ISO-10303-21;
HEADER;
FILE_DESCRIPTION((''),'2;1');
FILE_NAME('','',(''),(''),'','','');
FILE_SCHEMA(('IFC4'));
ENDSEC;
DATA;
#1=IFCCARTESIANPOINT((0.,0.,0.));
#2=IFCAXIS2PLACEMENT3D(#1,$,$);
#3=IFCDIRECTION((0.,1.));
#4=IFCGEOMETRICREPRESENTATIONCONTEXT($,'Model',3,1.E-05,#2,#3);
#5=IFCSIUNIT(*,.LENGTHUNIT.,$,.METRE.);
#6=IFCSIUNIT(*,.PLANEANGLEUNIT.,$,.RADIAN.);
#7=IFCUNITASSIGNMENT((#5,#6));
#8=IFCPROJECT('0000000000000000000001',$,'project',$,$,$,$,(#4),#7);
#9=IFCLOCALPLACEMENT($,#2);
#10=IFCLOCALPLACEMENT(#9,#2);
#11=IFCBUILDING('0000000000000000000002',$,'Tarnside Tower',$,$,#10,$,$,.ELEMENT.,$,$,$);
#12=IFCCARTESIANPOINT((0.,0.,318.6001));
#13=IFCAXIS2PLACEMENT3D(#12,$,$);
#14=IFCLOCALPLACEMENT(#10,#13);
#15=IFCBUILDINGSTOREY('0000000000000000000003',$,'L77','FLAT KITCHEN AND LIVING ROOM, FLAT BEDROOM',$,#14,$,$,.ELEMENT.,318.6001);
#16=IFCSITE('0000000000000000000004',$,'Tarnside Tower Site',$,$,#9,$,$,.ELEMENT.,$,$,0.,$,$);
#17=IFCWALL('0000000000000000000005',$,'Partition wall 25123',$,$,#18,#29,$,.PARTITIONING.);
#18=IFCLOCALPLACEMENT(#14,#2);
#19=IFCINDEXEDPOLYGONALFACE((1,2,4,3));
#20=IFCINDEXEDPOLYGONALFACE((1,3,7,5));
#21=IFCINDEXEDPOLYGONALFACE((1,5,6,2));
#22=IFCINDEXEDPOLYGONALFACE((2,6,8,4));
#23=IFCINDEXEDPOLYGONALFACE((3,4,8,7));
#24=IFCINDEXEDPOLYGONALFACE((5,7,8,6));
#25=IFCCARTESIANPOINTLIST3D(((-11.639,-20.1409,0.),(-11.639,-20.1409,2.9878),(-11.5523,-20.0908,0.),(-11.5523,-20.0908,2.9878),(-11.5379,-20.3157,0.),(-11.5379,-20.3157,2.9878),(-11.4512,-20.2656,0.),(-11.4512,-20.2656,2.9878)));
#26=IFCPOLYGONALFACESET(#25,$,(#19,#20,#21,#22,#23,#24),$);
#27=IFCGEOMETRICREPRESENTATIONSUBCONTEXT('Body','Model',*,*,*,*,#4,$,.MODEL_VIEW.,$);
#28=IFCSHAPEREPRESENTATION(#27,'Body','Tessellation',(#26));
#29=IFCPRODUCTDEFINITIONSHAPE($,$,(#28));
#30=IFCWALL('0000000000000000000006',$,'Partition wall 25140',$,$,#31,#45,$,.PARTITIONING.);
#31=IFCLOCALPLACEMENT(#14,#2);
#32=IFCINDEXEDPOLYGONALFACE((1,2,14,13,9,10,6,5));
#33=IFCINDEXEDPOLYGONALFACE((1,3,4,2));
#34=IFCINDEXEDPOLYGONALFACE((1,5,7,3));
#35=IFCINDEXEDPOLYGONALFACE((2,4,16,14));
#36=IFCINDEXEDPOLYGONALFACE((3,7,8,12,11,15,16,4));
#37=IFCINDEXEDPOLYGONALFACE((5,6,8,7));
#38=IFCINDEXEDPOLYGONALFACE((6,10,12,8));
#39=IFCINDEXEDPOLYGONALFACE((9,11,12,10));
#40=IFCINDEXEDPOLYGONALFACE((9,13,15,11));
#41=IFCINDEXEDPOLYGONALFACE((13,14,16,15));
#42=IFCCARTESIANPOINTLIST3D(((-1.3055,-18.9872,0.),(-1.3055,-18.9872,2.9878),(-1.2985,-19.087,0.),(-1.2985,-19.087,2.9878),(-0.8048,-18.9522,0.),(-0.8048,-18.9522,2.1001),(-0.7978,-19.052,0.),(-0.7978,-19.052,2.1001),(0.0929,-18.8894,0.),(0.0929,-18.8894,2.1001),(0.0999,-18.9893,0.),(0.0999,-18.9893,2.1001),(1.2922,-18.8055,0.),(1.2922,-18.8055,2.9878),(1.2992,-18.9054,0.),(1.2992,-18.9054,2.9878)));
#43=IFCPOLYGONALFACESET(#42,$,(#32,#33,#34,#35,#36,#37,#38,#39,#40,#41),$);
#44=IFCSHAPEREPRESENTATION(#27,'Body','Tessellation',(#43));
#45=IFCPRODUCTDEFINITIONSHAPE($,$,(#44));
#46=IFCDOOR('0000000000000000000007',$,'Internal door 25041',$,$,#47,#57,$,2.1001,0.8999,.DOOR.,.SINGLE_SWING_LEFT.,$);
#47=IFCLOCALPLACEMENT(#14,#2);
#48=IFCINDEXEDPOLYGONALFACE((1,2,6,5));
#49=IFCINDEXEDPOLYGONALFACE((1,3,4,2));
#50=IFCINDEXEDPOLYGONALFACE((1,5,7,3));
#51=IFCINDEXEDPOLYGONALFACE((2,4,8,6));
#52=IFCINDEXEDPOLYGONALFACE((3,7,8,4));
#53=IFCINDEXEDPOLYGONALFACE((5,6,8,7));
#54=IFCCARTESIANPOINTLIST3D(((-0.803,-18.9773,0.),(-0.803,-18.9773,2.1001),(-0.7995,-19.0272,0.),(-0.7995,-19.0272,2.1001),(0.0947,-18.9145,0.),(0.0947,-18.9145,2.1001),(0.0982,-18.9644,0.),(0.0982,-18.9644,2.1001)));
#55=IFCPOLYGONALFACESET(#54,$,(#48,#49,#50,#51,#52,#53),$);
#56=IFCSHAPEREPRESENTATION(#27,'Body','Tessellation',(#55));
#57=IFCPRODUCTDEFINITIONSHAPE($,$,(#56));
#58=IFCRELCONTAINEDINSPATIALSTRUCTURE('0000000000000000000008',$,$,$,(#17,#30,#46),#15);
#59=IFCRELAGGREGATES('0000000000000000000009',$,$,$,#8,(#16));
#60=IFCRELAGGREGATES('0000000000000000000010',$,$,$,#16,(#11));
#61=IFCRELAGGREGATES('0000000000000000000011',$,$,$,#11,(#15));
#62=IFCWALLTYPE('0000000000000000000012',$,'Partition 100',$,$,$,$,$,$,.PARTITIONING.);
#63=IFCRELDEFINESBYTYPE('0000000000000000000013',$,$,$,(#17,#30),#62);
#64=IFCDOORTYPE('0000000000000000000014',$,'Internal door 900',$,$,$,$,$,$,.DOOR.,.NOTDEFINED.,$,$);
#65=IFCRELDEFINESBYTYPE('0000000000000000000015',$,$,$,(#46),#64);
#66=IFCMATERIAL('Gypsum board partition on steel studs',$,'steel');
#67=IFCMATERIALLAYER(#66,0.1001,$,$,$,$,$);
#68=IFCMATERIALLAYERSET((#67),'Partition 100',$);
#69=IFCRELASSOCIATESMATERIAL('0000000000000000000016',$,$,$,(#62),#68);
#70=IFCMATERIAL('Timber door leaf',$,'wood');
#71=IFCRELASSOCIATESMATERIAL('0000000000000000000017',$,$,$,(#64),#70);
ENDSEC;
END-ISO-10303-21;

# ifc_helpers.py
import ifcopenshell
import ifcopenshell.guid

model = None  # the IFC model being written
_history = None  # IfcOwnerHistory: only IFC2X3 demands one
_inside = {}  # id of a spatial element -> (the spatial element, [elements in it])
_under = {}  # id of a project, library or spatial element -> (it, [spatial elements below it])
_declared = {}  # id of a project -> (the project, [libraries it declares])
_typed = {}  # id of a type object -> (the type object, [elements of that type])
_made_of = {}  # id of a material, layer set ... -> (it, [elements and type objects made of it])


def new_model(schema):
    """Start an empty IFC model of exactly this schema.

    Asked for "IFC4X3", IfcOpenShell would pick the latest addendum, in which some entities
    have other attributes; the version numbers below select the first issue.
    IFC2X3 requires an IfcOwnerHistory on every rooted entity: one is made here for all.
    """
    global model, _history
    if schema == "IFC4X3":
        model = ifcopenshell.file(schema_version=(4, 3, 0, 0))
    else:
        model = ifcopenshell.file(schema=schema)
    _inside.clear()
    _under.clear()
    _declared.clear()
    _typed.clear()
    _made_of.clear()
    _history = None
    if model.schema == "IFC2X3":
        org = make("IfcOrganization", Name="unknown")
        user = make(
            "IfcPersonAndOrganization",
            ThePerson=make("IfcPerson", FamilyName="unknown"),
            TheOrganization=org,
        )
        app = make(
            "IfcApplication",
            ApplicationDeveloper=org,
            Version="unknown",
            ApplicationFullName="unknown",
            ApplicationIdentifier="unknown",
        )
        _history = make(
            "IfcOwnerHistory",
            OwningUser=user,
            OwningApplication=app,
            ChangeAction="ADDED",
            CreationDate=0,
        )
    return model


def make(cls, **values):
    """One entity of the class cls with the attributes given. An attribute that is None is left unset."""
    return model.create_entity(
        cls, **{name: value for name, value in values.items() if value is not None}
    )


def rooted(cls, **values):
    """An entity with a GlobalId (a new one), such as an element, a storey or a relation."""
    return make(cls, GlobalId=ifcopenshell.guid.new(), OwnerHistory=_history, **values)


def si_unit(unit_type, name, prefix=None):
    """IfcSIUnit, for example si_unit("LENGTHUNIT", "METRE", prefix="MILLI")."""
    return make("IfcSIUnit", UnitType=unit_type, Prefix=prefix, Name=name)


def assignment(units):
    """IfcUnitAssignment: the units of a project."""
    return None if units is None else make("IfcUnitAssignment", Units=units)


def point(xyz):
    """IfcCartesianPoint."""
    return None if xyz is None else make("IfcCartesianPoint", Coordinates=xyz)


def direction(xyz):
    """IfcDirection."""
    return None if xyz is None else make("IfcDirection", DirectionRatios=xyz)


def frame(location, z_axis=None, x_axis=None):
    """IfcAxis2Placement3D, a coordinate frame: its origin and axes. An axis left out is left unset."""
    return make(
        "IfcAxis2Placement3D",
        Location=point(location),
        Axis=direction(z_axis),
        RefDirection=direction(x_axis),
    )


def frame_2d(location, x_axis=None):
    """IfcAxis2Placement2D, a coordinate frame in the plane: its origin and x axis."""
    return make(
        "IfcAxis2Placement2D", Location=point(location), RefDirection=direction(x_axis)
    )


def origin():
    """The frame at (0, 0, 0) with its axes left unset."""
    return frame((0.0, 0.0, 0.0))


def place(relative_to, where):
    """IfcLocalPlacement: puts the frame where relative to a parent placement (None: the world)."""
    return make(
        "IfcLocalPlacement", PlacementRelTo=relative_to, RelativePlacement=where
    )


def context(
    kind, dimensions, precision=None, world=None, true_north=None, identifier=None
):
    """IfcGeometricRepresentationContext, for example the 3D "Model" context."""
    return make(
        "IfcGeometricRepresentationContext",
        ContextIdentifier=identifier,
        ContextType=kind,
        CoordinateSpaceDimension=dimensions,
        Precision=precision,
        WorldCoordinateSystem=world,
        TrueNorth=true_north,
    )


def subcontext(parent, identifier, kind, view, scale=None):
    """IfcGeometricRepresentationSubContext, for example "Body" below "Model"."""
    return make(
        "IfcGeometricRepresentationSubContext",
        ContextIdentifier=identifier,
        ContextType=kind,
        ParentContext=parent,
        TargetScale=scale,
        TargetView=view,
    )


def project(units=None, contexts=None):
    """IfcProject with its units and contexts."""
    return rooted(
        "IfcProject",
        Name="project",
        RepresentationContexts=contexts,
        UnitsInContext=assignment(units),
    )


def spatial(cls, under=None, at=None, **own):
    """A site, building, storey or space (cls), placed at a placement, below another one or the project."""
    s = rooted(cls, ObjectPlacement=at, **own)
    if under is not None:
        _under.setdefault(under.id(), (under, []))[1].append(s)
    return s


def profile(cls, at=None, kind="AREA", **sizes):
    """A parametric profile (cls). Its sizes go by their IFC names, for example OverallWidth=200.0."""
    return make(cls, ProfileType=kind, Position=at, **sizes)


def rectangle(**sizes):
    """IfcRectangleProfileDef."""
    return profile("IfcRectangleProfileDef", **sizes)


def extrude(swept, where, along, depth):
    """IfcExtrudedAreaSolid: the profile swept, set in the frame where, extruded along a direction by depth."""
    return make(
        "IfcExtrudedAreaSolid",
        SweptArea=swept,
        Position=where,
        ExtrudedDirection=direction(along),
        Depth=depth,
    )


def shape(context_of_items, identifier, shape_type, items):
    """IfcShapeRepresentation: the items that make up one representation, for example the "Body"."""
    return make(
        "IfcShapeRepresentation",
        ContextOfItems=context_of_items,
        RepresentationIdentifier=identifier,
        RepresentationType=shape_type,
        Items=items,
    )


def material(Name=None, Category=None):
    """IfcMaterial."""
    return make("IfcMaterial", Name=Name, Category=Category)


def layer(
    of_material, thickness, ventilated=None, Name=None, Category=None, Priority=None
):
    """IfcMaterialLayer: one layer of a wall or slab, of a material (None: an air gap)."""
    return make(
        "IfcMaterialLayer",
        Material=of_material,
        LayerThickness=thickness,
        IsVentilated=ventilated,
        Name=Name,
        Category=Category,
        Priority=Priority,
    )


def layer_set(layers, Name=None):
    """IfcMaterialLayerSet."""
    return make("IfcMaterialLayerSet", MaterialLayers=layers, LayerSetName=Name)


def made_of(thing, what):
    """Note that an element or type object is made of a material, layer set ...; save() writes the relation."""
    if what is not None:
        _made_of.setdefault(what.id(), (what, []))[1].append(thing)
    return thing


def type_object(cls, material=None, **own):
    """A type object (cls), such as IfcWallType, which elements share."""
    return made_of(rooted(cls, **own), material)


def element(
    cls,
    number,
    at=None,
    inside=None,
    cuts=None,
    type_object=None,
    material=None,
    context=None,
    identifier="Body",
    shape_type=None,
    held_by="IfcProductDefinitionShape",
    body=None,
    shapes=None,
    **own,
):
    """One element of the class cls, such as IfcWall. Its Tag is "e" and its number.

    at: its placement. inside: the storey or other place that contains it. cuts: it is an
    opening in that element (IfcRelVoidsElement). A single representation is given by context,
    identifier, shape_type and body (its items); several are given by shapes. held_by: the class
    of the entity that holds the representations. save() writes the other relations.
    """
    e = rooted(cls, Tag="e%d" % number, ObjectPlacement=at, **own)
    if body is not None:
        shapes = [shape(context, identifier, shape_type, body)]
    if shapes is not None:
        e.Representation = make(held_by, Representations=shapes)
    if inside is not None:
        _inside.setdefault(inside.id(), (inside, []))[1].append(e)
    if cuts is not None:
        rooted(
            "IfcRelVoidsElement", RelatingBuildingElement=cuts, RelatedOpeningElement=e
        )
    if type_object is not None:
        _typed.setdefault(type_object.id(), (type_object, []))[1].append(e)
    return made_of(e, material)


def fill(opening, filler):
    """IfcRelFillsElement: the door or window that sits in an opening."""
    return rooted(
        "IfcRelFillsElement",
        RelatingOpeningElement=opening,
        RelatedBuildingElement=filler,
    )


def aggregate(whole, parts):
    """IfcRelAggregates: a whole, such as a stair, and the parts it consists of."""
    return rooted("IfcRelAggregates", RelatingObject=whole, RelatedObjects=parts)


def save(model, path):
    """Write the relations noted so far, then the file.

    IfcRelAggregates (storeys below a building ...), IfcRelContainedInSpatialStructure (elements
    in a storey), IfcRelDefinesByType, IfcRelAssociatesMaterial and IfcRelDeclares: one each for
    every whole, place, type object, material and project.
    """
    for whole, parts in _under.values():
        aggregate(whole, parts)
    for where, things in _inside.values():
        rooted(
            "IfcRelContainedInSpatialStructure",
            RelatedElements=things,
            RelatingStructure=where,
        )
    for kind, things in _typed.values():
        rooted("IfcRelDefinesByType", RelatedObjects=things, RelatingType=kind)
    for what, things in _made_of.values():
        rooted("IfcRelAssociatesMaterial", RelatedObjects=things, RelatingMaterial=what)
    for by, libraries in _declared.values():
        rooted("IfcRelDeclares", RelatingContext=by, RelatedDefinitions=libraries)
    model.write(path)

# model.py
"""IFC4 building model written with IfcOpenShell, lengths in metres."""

from ifc_helpers import new_model, si_unit, direction, frame, frame_2d, origin, place, context, subcontext, project, spatial, rectangle, extrude, material, layer, layer_set, type_object, element, fill, save


model = new_model("IFC4")

# Units and contexts
model_context = context("Model", 3, precision=1e-05, world=origin(), true_north=direction((0.0, 1.0)))
body_context = subcontext(model_context, "Body", "Model", "MODEL_VIEW")
ifc_project = project(units=[si_unit("LENGTHUNIT", "METRE"), si_unit("PLANEANGLEUNIT", "RADIAN")], contexts=[model_context])

# Site, building, storey
site_placement = place(None, origin())
site = spatial("IfcSite", under=ifc_project, at=site_placement, Name="Tarnside Tower Site", CompositionType="ELEMENT", RefElevation=0.0)
building_placement = place(site_placement, origin())
building = spatial("IfcBuilding", under=site, at=building_placement, Name="Tarnside Tower", CompositionType="ELEMENT")
storey_placement = place(building_placement, frame((0.0, 0.0, 318.6001)))
storey = spatial("IfcBuildingStorey", under=building, at=storey_placement, Name="L77", Description="FLAT KITCHEN AND LIVING ROOM, FLAT BEDROOM", CompositionType="ELEMENT", Elevation=318.6001)

# Shared definitions
ifc_material_1 = material(Name="Gypsum board partition on steel studs", Category="steel")

# Shared definitions
ifc_material_2 = material(Name="Timber door leaf", Category="wood")

# Wall
ifc_layer_1 = layer(ifc_material_1, 0.1001)
ifc_layer_set_1 = layer_set([ifc_layer_1], Name="Partition 100")
wall_type_1 = type_object("IfcWallType", Name="Partition 100", PredefinedType="PARTITIONING", material=ifc_layer_set_1)
wall_1_placement = place(storey_placement, frame((-11.5957, -20.1157, 0.0), z_axis=(0.0, 0.0, 1.0), x_axis=(0.50056, -0.865702, 0.0)))
element("IfcWall", 1, at=wall_1_placement, inside=storey, type_object=wall_type_1, Name="Partition wall 25123", PredefinedType="PARTITIONING", context=body_context, shape_type="SweptSolid", body=[
    extrude(rectangle(XDim=0.2019, YDim=0.1001, at=frame_2d((0.1011, 0.0))), origin(), (0.0, 0.0, 1.0), 2.9878),
])

# Wall, opening, door
wall_2_placement = place(storey_placement, frame((-1.302, -19.0371, 0.0), z_axis=(0.0, 0.0, 1.0), x_axis=(0.997564, 0.069754, 0.0)))
wall_2 = element("IfcWall", 2, at=wall_2_placement, inside=storey, type_object=wall_type_1, Name="Partition wall 25140", PredefinedType="PARTITIONING", context=body_context, shape_type="SweptSolid", body=[
    extrude(rectangle(XDim=2.604, YDim=0.1001, at=frame_2d((1.302, 0.0))), origin(), (0.0, 0.0, 1.0), 2.9878),
])
opening_1_placement = place(wall_2_placement, frame((0.502, 0.0, 0.0)))
opening_1 = element("IfcOpeningElement", 3, at=opening_1_placement, cuts=wall_2, PredefinedType="OPENING", context=body_context, shape_type="SweptSolid", body=[
    extrude(rectangle(XDim=0.8999, YDim=2.1001, at=frame_2d((0.45, 1.05))), frame((0.0, 0.0601, 0.0), z_axis=(0.0, -1.0, 0.0), x_axis=(1.0, 0.0, 0.0)), (0.0, 0.0, 1.0), 0.1201),
])
door_type_1 = type_object("IfcDoorType", Name="Internal door 900", OperationType="NOTDEFINED", PredefinedType="DOOR", material=ifc_material_2)
door_1_placement = place(opening_1_placement, origin())
door_1 = element("IfcDoor", 4, at=door_1_placement, inside=storey, type_object=door_type_1, Name="Internal door 25041", OperationType="SINGLE_SWING_LEFT", OverallHeight=2.1001, OverallWidth=0.8999, PredefinedType="DOOR", context=body_context, shape_type="SweptSolid", body=[
    extrude(rectangle(XDim=0.8999, YDim=2.1001, at=frame_2d((0.45, 1.05))), frame((0.0, 0.0249, 0.0), z_axis=(0.0, -1.0, 0.0), x_axis=(1.0, 0.0, 0.0)), (0.0, 0.0, 1.0), 0.05),
])
fill(opening_1, door_1)

save(model, "model.ifc")
